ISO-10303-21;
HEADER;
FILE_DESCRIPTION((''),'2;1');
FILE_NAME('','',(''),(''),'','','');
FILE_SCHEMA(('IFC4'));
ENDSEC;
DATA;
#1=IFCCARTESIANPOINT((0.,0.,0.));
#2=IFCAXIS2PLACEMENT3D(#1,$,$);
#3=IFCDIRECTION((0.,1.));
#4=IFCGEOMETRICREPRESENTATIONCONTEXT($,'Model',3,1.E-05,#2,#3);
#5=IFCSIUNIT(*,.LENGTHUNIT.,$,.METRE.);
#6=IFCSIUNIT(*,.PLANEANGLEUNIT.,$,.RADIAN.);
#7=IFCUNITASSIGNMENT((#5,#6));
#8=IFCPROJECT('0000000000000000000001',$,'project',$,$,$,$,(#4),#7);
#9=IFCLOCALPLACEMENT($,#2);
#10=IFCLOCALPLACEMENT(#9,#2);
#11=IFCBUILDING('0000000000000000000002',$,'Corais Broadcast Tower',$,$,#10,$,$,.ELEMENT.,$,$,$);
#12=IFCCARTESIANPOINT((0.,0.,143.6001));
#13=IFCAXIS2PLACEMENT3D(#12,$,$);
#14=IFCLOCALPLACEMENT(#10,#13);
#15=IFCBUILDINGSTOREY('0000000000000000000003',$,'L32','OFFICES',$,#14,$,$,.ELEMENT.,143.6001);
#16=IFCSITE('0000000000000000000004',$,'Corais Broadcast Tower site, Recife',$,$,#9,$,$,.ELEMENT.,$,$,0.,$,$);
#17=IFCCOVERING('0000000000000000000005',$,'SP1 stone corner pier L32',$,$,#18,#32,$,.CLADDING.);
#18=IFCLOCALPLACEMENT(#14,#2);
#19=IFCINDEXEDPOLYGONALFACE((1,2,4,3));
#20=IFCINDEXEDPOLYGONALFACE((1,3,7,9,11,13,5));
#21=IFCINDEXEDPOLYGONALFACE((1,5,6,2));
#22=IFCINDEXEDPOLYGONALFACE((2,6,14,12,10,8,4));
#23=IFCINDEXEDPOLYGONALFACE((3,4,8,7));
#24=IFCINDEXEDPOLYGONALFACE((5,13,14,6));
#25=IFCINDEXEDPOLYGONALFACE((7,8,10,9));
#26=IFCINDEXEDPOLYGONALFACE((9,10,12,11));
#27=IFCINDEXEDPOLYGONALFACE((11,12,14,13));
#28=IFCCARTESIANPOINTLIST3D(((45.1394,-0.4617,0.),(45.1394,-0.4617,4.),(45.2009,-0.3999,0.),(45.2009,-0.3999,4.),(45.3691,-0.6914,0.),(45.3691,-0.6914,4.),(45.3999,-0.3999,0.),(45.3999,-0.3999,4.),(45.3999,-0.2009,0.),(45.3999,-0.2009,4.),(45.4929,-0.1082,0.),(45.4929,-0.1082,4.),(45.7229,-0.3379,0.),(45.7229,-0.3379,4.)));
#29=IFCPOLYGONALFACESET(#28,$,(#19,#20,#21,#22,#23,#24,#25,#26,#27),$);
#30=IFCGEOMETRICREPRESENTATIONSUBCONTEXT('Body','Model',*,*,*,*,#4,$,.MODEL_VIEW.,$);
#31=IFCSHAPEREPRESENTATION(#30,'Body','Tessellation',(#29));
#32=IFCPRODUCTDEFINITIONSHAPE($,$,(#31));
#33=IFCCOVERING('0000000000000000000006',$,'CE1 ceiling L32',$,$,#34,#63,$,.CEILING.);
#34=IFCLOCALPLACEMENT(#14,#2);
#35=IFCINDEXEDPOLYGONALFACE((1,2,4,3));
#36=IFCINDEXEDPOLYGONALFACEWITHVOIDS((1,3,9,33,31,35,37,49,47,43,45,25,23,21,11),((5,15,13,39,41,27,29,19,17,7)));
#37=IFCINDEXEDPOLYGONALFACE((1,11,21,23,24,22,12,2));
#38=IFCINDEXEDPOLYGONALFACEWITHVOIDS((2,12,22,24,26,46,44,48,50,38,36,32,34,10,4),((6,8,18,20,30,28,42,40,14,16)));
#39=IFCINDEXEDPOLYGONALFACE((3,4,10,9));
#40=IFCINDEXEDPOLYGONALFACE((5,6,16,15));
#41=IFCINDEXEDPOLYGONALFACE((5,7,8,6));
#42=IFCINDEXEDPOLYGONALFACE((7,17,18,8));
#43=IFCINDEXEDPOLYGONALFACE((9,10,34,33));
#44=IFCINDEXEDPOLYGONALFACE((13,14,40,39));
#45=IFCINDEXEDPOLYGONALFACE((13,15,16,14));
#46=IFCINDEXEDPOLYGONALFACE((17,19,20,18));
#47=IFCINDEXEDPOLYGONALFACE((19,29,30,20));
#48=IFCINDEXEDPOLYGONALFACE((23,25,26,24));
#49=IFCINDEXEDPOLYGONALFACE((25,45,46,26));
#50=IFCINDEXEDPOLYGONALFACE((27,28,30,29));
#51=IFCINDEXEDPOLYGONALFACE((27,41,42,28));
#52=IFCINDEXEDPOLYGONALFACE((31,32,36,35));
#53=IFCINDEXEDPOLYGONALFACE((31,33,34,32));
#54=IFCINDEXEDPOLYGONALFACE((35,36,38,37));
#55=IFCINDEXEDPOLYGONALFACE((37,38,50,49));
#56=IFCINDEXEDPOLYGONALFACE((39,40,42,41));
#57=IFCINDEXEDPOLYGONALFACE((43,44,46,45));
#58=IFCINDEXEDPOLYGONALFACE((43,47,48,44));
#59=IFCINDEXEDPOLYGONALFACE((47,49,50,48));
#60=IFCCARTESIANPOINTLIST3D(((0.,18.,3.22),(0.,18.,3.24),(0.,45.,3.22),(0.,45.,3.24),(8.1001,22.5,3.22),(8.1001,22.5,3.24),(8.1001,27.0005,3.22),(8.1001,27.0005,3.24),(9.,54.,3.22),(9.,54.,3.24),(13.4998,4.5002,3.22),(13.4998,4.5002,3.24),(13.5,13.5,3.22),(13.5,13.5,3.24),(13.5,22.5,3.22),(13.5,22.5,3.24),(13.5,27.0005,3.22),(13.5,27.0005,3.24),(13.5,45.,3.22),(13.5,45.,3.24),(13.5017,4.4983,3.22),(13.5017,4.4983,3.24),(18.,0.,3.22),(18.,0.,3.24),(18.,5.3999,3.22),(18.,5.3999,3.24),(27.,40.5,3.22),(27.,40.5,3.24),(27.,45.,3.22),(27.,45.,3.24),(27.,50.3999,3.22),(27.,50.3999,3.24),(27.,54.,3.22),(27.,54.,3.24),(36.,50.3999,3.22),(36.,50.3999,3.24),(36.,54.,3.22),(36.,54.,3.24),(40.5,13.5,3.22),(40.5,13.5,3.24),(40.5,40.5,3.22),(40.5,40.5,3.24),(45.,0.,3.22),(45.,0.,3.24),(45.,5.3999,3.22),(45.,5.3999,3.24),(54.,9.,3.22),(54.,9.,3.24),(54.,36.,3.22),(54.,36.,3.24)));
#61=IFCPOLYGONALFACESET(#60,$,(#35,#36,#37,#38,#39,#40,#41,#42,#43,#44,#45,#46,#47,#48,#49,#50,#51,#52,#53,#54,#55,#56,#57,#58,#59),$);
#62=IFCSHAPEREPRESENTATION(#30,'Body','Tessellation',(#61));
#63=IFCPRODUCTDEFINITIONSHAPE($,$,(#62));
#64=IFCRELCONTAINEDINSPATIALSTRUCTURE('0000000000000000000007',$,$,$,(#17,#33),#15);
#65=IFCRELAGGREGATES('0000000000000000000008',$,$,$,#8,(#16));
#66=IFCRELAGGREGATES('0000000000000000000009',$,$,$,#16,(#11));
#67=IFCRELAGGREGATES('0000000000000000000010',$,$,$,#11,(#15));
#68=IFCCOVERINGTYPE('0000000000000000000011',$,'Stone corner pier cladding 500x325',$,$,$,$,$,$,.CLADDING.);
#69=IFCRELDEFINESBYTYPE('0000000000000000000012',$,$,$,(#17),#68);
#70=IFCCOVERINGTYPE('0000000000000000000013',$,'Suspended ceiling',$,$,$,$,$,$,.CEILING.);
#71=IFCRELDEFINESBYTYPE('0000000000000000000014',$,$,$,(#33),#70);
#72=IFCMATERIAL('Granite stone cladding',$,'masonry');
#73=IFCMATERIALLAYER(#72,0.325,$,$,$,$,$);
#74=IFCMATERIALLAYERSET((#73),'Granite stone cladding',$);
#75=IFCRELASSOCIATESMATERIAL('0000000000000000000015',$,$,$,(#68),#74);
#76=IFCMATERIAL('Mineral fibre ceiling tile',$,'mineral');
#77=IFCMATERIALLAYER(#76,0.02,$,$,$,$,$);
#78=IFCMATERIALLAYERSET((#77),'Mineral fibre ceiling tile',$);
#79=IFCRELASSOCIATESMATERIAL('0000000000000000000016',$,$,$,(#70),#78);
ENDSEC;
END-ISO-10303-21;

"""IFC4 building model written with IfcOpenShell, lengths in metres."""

from ifc_helpers import new_model, si_unit, direction, frame, origin, place, context, subcontext, project, spatial, polyline, outline, extrude, material, layer, layer_set, type_object, element, save


model = new_model("IFC4")

# Units and contexts
model_context = context("Model", 3, precision=1e-05, world=origin(), true_north=direction((0.0, 1.0)))
body_context = subcontext(model_context, "Body", "Model", "MODEL_VIEW")
ifc_project = project(units=[si_unit("LENGTHUNIT", "METRE"), si_unit("PLANEANGLEUNIT", "RADIAN")], contexts=[model_context])

# Site, building, storey
site_placement = place(None, origin())
site = spatial("IfcSite", under=ifc_project, at=site_placement, Name="Corais Broadcast Tower site, Recife", CompositionType="ELEMENT", RefElevation=0.0)
building_placement = place(site_placement, origin())
building = spatial("IfcBuilding", under=site, at=building_placement, Name="Corais Broadcast Tower", CompositionType="ELEMENT")
storey_placement = place(building_placement, frame((0.0, 0.0, 143.6001)))
storey = spatial("IfcBuildingStorey", under=building, at=storey_placement, Name="L32", Description="OFFICES", CompositionType="ELEMENT", Elevation=143.6001)

# Coverings
ifc_material_1 = material(Name="Granite stone cladding", Category="masonry")
ifc_layer_1 = layer(ifc_material_1, 0.325)
ifc_layer_set_1 = layer_set([ifc_layer_1], Name="Granite stone cladding")
covering_type_1 = type_object("IfcCoveringType", Name="Stone corner pier cladding 500x325", PredefinedType="CLADDING", material=ifc_layer_set_1)
covering_1_placement = place(storey_placement, origin())
element("IfcCovering", 1, at=covering_1_placement, inside=storey, type_object=covering_type_1, Name="SP1 stone corner pier L32", PredefinedType="CLADDING", context=body_context, shape_type="SweptSolid", body=[
    extrude(outline(polyline([(45.2009, -0.3999), (45.1394, -0.4617), (45.3691, -0.6914), (45.7229, -0.3379), (45.4929, -0.1082), (45.3999, -0.2009), (45.3999, -0.3999), (45.2009, -0.3999)])), origin(), (0.0, 0.0, 1.0), 4.0),
])
ifc_material_2 = material(Name="Mineral fibre ceiling tile", Category="mineral")
ifc_layer_2 = layer(ifc_material_2, 0.02)
ifc_layer_set_2 = layer_set([ifc_layer_2], Name="Mineral fibre ceiling tile")
covering_type_2 = type_object("IfcCoveringType", Name="Suspended ceiling", PredefinedType="CEILING", material=ifc_layer_set_2)
covering_2_placement = place(storey_placement, frame((0.0, 0.0, 3.22)))
element("IfcCovering", 2, at=covering_2_placement, inside=storey, type_object=covering_type_2, Name="CE1 ceiling L32", PredefinedType="CEILING", context=body_context, shape_type="SweptSolid", body=[
    extrude(outline(polyline([(18.0, 0.0), (13.5017, 4.4983), (13.4998, 4.5002), (0.0, 18.0), (0.0, 45.0), (9.0, 54.0), (27.0, 54.0), (27.0, 50.3999), (36.0, 50.3999), (36.0, 54.0), (54.0, 36.0), (54.0, 9.0), (45.0, 0.0), (45.0, 5.3999), (18.0, 5.3999), (18.0, 0.0)]), holes=[polyline([(13.5, 13.5), (40.5, 13.5), (40.5, 40.5), (27.0, 40.5), (27.0, 45.0), (13.5, 45.0), (13.5, 27.0005), (8.1001, 27.0005), (8.1001, 22.5), (13.5, 22.5), (13.5, 13.5)])]), origin(), (0.0, 0.0, 1.0), 0.02),
])

save(model, "model.ifc")
